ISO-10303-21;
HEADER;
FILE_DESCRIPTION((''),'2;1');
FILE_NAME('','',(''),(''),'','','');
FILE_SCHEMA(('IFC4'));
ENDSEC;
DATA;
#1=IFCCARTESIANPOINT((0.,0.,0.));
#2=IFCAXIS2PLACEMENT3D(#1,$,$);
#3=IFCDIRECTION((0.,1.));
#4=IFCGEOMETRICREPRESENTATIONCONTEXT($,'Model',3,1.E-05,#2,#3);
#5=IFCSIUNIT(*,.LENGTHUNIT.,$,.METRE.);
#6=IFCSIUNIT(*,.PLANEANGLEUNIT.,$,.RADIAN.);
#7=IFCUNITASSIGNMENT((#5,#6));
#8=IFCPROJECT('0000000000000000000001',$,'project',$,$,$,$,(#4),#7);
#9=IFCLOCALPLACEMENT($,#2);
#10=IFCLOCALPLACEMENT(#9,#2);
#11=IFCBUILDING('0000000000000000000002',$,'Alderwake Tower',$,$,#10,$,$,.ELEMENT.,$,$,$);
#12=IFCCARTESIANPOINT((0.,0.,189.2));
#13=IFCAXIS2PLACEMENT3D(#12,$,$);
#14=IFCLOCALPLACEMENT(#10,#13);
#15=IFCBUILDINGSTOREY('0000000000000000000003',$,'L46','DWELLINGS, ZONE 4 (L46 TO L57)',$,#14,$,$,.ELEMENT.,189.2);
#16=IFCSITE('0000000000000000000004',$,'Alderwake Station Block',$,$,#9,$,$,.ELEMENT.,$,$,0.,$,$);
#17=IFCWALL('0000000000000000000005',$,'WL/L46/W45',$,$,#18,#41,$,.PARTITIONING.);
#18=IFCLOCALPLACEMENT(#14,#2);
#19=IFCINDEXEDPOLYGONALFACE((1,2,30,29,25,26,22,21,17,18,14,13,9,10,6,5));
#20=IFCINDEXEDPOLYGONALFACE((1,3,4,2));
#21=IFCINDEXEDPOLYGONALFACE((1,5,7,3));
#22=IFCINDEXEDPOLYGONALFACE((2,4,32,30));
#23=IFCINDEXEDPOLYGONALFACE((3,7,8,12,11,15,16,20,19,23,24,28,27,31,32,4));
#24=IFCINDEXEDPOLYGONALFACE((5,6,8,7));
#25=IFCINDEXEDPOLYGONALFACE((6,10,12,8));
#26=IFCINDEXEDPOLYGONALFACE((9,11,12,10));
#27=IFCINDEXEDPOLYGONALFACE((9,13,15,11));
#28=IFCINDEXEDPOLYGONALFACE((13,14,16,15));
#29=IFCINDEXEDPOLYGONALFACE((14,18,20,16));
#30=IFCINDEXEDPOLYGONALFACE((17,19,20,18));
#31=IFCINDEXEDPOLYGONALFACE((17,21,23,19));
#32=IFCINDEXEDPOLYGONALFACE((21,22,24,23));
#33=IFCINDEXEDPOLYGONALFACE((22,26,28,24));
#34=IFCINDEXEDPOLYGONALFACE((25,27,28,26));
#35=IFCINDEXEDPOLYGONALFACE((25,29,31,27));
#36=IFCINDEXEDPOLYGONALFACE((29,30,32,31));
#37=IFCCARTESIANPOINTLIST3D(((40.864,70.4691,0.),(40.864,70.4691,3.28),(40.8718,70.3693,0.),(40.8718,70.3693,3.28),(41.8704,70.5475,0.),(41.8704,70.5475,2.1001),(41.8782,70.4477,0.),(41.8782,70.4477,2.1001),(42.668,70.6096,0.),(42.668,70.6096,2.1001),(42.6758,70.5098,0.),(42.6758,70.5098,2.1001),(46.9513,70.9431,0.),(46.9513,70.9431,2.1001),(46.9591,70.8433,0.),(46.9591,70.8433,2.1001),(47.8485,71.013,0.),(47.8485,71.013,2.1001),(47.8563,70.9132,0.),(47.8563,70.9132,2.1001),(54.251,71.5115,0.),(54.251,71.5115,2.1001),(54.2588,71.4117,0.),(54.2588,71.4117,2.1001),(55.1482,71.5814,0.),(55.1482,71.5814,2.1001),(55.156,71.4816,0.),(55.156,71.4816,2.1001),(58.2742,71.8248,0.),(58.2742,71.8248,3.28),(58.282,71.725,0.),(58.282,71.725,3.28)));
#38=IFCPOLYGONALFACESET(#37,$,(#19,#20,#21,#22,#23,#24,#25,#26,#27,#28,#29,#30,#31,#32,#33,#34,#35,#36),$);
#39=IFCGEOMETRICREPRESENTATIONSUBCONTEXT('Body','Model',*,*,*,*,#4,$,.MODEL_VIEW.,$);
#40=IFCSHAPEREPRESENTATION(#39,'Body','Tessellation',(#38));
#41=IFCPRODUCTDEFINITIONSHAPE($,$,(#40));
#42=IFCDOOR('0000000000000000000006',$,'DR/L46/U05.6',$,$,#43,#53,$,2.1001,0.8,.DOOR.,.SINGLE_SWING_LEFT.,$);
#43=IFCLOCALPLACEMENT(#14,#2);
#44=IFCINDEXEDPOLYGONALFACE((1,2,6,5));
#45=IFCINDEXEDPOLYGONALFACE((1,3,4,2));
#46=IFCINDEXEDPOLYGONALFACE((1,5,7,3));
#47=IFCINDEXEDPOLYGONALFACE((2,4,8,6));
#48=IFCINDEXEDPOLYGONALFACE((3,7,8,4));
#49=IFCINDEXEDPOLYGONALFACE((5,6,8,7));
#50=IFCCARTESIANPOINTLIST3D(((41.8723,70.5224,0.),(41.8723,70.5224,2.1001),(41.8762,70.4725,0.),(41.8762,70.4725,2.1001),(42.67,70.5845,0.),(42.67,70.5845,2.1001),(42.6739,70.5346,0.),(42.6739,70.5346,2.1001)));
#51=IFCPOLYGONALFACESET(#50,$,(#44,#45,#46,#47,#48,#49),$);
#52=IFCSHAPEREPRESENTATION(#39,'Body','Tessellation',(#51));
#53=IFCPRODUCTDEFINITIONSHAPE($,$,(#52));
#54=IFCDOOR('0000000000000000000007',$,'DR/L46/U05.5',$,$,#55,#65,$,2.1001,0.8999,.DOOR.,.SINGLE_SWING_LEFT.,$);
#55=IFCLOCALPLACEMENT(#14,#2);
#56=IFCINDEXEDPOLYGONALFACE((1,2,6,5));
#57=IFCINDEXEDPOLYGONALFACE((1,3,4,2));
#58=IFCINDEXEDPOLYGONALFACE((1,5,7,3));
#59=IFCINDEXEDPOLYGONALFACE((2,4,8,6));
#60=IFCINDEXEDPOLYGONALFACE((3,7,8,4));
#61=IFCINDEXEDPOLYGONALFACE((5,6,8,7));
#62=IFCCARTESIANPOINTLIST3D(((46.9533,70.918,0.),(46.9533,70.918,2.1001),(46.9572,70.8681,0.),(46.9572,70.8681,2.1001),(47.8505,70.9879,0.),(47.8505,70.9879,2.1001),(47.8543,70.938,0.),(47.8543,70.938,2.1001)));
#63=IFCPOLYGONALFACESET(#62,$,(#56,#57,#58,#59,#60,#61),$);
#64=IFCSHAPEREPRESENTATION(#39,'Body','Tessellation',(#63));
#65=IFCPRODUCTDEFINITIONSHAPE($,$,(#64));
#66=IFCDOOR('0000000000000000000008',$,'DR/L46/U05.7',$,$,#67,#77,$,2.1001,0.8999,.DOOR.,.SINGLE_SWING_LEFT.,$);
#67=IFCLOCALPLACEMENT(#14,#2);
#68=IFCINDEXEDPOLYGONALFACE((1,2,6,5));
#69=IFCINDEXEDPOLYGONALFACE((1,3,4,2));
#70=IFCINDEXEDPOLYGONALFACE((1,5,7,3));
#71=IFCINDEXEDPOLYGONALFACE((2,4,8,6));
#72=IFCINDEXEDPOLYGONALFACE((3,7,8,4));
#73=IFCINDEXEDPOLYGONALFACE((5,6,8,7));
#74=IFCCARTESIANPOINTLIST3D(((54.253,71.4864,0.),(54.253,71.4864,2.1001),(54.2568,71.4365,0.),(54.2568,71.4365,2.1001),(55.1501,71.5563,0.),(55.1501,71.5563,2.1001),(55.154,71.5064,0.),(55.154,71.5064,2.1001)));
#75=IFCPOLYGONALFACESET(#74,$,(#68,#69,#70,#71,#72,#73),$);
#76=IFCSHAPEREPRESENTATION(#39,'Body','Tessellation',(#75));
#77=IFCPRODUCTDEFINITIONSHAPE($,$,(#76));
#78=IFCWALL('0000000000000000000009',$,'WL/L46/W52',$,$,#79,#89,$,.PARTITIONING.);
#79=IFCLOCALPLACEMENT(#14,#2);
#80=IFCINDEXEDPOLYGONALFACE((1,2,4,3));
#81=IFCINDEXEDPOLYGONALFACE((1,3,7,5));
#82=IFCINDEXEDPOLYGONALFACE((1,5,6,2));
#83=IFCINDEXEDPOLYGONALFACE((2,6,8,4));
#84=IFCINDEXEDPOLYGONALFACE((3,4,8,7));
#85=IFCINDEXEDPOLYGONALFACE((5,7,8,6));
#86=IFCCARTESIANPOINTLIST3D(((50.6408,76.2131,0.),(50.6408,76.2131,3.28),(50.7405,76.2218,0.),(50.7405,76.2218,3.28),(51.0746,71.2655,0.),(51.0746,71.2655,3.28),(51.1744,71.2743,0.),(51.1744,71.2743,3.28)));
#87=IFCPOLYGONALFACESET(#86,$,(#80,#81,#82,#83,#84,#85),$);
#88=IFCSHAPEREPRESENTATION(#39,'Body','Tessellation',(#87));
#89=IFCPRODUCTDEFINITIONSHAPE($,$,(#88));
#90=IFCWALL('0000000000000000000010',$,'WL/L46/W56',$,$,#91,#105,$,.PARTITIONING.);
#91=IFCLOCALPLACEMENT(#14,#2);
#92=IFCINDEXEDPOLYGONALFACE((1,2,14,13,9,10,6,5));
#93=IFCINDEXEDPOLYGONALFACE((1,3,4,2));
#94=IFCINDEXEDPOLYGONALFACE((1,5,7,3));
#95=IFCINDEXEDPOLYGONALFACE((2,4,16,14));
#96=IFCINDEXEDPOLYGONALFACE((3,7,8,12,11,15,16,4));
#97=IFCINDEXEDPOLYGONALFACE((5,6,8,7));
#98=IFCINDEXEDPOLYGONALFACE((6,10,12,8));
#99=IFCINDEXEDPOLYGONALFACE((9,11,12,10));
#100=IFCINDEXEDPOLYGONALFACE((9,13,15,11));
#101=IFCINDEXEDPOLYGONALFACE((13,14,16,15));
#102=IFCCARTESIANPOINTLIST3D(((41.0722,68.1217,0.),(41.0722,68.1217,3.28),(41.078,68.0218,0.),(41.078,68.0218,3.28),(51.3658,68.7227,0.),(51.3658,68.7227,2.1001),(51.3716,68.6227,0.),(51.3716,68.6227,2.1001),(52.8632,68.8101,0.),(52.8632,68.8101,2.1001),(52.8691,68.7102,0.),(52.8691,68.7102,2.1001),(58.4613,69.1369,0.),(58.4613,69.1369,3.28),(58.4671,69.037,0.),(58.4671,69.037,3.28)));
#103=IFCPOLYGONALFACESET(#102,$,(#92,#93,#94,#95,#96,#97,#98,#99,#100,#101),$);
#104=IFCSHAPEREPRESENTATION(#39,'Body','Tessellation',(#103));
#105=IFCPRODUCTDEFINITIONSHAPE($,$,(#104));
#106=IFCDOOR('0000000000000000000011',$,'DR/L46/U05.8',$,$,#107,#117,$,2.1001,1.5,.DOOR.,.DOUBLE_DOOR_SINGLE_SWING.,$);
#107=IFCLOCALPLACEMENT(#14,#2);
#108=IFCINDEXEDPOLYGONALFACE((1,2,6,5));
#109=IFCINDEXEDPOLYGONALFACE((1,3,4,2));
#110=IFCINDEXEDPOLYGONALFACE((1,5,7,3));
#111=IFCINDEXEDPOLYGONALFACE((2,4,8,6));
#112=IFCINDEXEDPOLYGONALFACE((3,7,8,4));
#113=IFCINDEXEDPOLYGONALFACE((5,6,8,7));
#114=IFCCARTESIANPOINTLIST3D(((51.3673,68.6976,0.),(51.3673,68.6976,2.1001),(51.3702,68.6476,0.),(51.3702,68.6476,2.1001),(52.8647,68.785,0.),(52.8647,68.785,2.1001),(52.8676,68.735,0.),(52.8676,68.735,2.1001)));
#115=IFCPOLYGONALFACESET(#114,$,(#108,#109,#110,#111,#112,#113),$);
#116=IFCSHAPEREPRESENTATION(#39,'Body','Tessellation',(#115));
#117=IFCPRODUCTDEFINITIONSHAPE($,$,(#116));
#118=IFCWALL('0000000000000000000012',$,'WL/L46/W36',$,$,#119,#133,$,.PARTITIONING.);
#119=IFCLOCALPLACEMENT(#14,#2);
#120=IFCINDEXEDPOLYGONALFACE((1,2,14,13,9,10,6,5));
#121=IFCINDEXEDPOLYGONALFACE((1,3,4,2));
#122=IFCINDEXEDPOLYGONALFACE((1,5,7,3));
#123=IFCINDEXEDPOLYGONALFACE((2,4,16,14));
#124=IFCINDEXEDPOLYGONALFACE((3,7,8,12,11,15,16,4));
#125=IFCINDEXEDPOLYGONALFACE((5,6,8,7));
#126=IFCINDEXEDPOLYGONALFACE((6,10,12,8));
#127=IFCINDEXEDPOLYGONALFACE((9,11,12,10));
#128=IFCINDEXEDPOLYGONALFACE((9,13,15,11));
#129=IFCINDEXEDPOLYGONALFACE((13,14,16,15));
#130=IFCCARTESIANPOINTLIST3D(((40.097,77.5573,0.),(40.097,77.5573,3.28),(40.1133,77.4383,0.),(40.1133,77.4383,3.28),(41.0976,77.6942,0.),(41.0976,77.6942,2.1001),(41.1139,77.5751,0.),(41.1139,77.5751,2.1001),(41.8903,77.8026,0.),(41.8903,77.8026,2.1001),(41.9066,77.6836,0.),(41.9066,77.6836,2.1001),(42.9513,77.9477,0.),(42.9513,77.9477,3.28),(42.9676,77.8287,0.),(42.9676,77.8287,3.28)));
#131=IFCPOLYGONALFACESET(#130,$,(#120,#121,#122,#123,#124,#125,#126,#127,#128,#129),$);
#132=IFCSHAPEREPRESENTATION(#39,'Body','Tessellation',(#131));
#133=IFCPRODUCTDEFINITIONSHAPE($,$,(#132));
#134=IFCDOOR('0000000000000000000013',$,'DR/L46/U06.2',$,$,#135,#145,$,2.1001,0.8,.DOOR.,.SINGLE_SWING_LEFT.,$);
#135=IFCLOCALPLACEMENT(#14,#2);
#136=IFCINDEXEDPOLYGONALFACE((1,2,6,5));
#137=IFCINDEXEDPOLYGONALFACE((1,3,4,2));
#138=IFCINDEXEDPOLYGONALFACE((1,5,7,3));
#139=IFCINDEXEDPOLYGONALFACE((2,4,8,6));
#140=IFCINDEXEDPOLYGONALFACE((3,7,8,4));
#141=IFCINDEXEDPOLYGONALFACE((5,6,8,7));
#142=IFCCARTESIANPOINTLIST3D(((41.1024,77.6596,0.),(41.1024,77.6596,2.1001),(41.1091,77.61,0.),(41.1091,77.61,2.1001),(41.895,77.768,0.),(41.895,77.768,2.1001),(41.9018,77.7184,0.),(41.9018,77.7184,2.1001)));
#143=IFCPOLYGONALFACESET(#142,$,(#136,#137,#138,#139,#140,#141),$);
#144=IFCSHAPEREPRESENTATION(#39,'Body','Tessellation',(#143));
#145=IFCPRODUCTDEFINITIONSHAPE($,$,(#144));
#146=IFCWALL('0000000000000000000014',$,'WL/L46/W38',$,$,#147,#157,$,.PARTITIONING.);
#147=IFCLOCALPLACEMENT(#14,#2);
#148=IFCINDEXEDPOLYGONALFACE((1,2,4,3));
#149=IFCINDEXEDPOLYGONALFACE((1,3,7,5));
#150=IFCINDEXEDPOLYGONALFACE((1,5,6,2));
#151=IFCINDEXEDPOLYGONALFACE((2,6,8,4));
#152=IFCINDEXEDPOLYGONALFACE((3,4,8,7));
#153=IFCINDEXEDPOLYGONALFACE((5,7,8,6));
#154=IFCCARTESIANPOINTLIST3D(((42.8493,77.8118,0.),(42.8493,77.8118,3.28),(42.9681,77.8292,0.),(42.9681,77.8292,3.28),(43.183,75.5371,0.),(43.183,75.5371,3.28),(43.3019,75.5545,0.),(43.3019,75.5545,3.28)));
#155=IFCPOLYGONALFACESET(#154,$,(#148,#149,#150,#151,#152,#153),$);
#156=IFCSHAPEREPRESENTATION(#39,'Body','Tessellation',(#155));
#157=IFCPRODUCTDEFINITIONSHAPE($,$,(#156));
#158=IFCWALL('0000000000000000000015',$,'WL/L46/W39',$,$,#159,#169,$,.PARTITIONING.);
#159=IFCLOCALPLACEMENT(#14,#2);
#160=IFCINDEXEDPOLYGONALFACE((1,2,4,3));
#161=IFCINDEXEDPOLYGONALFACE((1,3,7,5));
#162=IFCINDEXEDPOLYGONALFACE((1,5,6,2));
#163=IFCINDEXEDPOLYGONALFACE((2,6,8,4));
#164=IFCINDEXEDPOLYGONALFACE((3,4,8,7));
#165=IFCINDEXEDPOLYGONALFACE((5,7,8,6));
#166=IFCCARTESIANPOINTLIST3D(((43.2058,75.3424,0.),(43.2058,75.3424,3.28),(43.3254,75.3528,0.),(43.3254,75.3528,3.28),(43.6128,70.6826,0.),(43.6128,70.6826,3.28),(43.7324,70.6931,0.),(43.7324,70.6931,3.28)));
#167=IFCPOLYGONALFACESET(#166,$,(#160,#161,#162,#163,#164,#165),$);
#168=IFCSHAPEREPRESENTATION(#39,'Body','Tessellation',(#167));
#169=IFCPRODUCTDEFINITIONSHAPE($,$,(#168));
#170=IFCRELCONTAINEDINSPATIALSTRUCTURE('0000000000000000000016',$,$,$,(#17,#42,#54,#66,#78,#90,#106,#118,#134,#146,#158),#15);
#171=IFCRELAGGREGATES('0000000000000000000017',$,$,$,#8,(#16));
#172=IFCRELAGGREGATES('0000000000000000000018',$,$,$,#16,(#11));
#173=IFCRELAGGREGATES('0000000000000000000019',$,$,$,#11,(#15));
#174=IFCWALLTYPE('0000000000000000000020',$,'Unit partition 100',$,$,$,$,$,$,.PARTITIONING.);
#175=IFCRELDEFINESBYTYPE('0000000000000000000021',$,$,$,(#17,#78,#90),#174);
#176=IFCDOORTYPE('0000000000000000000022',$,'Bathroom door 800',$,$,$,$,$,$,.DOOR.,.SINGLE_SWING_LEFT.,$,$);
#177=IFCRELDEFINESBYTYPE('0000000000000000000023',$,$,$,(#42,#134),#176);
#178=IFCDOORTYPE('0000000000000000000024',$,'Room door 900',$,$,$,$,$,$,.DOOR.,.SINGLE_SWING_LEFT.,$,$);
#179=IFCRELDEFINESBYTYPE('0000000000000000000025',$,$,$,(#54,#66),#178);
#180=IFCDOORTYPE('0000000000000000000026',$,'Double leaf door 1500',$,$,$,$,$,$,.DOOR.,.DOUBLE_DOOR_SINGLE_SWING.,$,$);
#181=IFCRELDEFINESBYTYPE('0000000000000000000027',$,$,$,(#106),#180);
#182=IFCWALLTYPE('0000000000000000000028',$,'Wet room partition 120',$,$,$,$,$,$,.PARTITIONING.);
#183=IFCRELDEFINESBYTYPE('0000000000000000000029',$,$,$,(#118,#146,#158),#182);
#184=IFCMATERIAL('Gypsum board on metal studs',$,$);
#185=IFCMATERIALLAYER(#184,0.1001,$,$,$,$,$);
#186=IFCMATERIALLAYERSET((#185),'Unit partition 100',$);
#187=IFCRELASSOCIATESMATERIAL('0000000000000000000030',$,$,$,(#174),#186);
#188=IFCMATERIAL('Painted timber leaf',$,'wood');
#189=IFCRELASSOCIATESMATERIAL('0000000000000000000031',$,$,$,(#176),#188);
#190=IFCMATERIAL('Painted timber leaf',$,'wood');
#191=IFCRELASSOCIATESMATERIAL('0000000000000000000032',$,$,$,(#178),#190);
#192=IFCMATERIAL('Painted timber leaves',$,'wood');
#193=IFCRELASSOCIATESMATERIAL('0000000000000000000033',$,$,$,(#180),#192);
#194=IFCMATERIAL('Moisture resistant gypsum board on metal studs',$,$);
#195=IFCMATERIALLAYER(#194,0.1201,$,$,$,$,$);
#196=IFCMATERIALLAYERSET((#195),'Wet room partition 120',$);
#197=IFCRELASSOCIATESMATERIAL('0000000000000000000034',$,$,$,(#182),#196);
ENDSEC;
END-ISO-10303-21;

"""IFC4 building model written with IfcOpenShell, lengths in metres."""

from ifc_helpers import new_model, si_unit, direction, frame, frame_2d, origin, place, context, subcontext, project, spatial, rectangle, extrude, material, layer, layer_set, type_object, element, fill, save


model = new_model("IFC4")

# Units and contexts
model_context = context("Model", 3, precision=1e-05, world=origin(), true_north=direction((0.0, 1.0)))
body_context = subcontext(model_context, "Body", "Model", "MODEL_VIEW")
ifc_project = project(units=[si_unit("LENGTHUNIT", "METRE"), si_unit("PLANEANGLEUNIT", "RADIAN")], contexts=[model_context])

# Site, building, storey
site_placement = place(None, origin())
site = spatial("IfcSite", under=ifc_project, at=site_placement, Name="Alderwake Station Block", CompositionType="ELEMENT", RefElevation=0.0)
building_placement = place(site_placement, origin())
building = spatial("IfcBuilding", under=site, at=building_placement, Name="Alderwake Tower", CompositionType="ELEMENT")
storey_placement = place(building_placement, frame((0.0, 0.0, 189.2)))
storey = spatial("IfcBuildingStorey", under=building, at=storey_placement, Name="L46", Description="DWELLINGS, ZONE 4 (L46 TO L57)", CompositionType="ELEMENT", Elevation=189.2)

# Wall, openings, doors
ifc_material_1 = material(Name="Gypsum board on metal studs")
ifc_layer_1 = layer(ifc_material_1, 0.1001)
ifc_layer_set_1 = layer_set([ifc_layer_1], Name="Unit partition 100")
wall_type_1 = type_object("IfcWallType", Name="Unit partition 100", PredefinedType="PARTITIONING", material=ifc_layer_set_1)
wall_1_placement = place(storey_placement, frame((40.8679, 70.4192, 0.0), z_axis=(0.0, 0.0, 1.0), x_axis=(0.996982, 0.077634, 0.0)))
wall_1 = element("IfcWall", 1, at=wall_1_placement, inside=storey, type_object=wall_type_1, Name="WL/L46/W45", PredefinedType="PARTITIONING", context=body_context, shape_type="SweptSolid", body=[
    extrude(rectangle(XDim=17.4629, YDim=0.1001, at=frame_2d((8.7314, 0.0))), origin(), (0.0, 0.0, 1.0), 3.28),
])
opening_1_placement = place(wall_1_placement, frame((6.1057, 0.0, 0.0)))
opening_1 = element("IfcOpeningElement", 2, at=opening_1_placement, cuts=wall_1, PredefinedType="OPENING", context=body_context, shape_type="SweptSolid", body=[
    extrude(rectangle(XDim=0.8999, YDim=2.1001, at=frame_2d((0.45, 1.05))), frame((0.0, 0.0601, 0.0), z_axis=(0.0, -1.0, 0.0), x_axis=(1.0, 0.0, 0.0)), (0.0, 0.0, 1.0), 0.1201),
])
opening_2_placement = place(wall_1_placement, frame((1.0095, 0.0, 0.0)))
opening_2 = element("IfcOpeningElement", 3, at=opening_2_placement, cuts=wall_1, PredefinedType="OPENING", context=body_context, shape_type="SweptSolid", body=[
    extrude(rectangle(XDim=0.8, YDim=2.1001, at=frame_2d((0.3999, 1.05))), frame((0.0, 0.0601, 0.0), z_axis=(0.0, -1.0, 0.0), x_axis=(1.0, 0.0, 0.0)), (0.0, 0.0, 1.0), 0.1201),
])
opening_3_placement = place(wall_1_placement, frame((13.4275, 0.0, 0.0)))
opening_3 = element("IfcOpeningElement", 4, at=opening_3_placement, cuts=wall_1, PredefinedType="OPENING", context=body_context, shape_type="SweptSolid", body=[
    extrude(rectangle(XDim=0.8999, YDim=2.1001, at=frame_2d((0.45, 1.05))), frame((0.0, 0.0601, 0.0), z_axis=(0.0, -1.0, 0.0), x_axis=(1.0, 0.0, 0.0)), (0.0, 0.0, 1.0), 0.1201),
])
ifc_material_2 = material(Name="Painted timber leaf", Category="wood")
door_type_1 = type_object("IfcDoorType", Name="Bathroom door 800", OperationType="SINGLE_SWING_LEFT", PredefinedType="DOOR", material=ifc_material_2)
door_1_placement = place(opening_2_placement, origin())
door_1 = element("IfcDoor", 5, at=door_1_placement, inside=storey, type_object=door_type_1, Name="DR/L46/U05.6", OperationType="SINGLE_SWING_LEFT", OverallHeight=2.1001, OverallWidth=0.8, PredefinedType="DOOR", context=body_context, shape_type="SweptSolid", body=[
    extrude(rectangle(XDim=0.8, YDim=2.1001, at=frame_2d((0.3999, 1.05))), frame((0.0, 0.0249, 0.0), z_axis=(0.0, -1.0, 0.0), x_axis=(1.0, 0.0, 0.0)), (0.0, 0.0, 1.0), 0.05),
])
fill(opening_2, door_1)
ifc_material_3 = material(Name="Painted timber leaf", Category="wood")
door_type_2 = type_object("IfcDoorType", Name="Room door 900", OperationType="SINGLE_SWING_LEFT", PredefinedType="DOOR", material=ifc_material_3)
door_2_placement = place(opening_1_placement, origin())
door_2 = element("IfcDoor", 6, at=door_2_placement, inside=storey, type_object=door_type_2, Name="DR/L46/U05.5", OperationType="SINGLE_SWING_LEFT", OverallHeight=2.1001, OverallWidth=0.8999, PredefinedType="DOOR", context=body_context, shape_type="SweptSolid", body=[
    extrude(rectangle(XDim=0.8999, YDim=2.1001, at=frame_2d((0.45, 1.05))), frame((0.0, 0.0249, 0.0), z_axis=(0.0, -1.0, 0.0), x_axis=(1.0, 0.0, 0.0)), (0.0, 0.0, 1.0), 0.05),
])
fill(opening_1, door_2)
door_3_placement = place(opening_3_placement, origin())
door_3 = element("IfcDoor", 7, at=door_3_placement, inside=storey, type_object=door_type_2, Name="DR/L46/U05.7", OperationType="SINGLE_SWING_LEFT", OverallHeight=2.1001, OverallWidth=0.8999, PredefinedType="DOOR", context=body_context, shape_type="SweptSolid", body=[
    extrude(rectangle(XDim=0.8999, YDim=2.1001, at=frame_2d((0.45, 1.05))), frame((0.0, 0.0249, 0.0), z_axis=(0.0, -1.0, 0.0), x_axis=(1.0, 0.0, 0.0)), (0.0, 0.0, 1.0), 0.05),
])
fill(opening_3, door_3)

# Wall
wall_2_placement = place(storey_placement, frame((51.1245, 71.2698, 0.0), z_axis=(0.0, 0.0, 1.0), x_axis=(-0.087353, 0.996177, 0.0)))
element("IfcWall", 8, at=wall_2_placement, inside=storey, type_object=wall_type_1, Name="WL/L46/W52", PredefinedType="PARTITIONING", context=body_context, shape_type="SweptSolid", body=[
    extrude(rectangle(XDim=4.9666, YDim=0.1001, at=frame_2d((2.4834, 0.0))), origin(), (0.0, 0.0, 1.0), 3.28),
])

# Walls, openings, doors
wall_3_placement = place(storey_placement, frame((41.075, 68.0718, 0.0), z_axis=(0.0, 0.0, 1.0), x_axis=(0.9983, 0.058278, 0.0)))
wall_3 = element("IfcWall", 9, at=wall_3_placement, inside=storey, type_object=wall_type_1, Name="WL/L46/W56", PredefinedType="PARTITIONING", context=body_context, shape_type="SweptSolid", body=[
    extrude(rectangle(XDim=17.4187, YDim=0.1001, at=frame_2d((8.7095, 0.0))), origin(), (0.0, 0.0, 1.0), 3.28),
])
opening_4_placement = place(wall_3_placement, frame((10.3113, 0.0, 0.0)))
opening_4 = element("IfcOpeningElement", 10, at=opening_4_placement, cuts=wall_3, PredefinedType="OPENING", context=body_context, shape_type="SweptSolid", body=[
    extrude(rectangle(XDim=1.5, YDim=2.1001, at=frame_2d((0.75, 1.05))), frame((0.0, 0.0601, 0.0), z_axis=(0.0, -1.0, 0.0), x_axis=(1.0, 0.0, 0.0)), (0.0, 0.0, 1.0), 0.1201),
])
ifc_material_4 = material(Name="Painted timber leaves", Category="wood")
door_type_3 = type_object("IfcDoorType", Name="Double leaf door 1500", OperationType="DOUBLE_DOOR_SINGLE_SWING", PredefinedType="DOOR", material=ifc_material_4)
door_4_placement = place(opening_4_placement, origin())
door_4 = element("IfcDoor", 11, at=door_4_placement, inside=storey, type_object=door_type_3, Name="DR/L46/U05.8", OperationType="DOUBLE_DOOR_SINGLE_SWING", OverallHeight=2.1001, OverallWidth=1.5, PredefinedType="DOOR", context=body_context, shape_type="SweptSolid", body=[
    extrude(rectangle(XDim=1.5, YDim=2.1001, at=frame_2d((0.75, 1.05))), frame((0.0, 0.0249, 0.0), z_axis=(0.0, -1.0, 0.0), x_axis=(1.0, 0.0, 0.0)), (0.0, 0.0, 1.0), 0.05),
])
fill(opening_4, door_4)
ifc_material_5 = material(Name="Moisture resistant gypsum board on metal studs")
ifc_layer_2 = layer(ifc_material_5, 0.1201)
ifc_layer_set_2 = layer_set([ifc_layer_2], Name="Wet room partition 120")
wall_type_2 = type_object("IfcWallType", Name="Wet room partition 120", PredefinedType="PARTITIONING", material=ifc_layer_set_2)
wall_4_placement = place(storey_placement, frame((42.9595, 77.8882, 0.0), z_axis=(0.0, 0.0, 1.0), x_axis=(-0.990776, -0.13551, 0.0)))
wall_4 = element("IfcWall", 12, at=wall_4_placement, inside=storey, type_object=wall_type_2, Name="WL/L46/W36", PredefinedType="PARTITIONING", context=body_context, shape_type="SweptSolid", body=[
    extrude(rectangle(XDim=2.8809, YDim=0.1201, at=frame_2d((1.4404, 0.0))), origin(), (0.0, 0.0, 1.0), 3.28),
])
opening_5_placement = place(wall_4_placement, frame((1.071, 0.0, 0.0)))
opening_5 = element("IfcOpeningElement", 13, at=opening_5_placement, cuts=wall_4, PredefinedType="OPENING", context=body_context, shape_type="SweptSolid", body=[
    extrude(rectangle(XDim=0.8, YDim=2.1001, at=frame_2d((0.3999, 1.05))), frame((0.0, 0.0701, 0.0), z_axis=(0.0, -1.0, 0.0), x_axis=(1.0, 0.0, 0.0)), (0.0, 0.0, 1.0), 0.1401),
])
door_5_placement = place(opening_5_placement, origin())
door_5 = element("IfcDoor", 14, at=door_5_placement, inside=storey, type_object=door_type_1, Name="DR/L46/U06.2", OperationType="SINGLE_SWING_LEFT", OverallHeight=2.1001, OverallWidth=0.8, PredefinedType="DOOR", context=body_context, shape_type="SweptSolid", body=[
    extrude(rectangle(XDim=0.8, YDim=2.1001, at=frame_2d((0.3999, 1.05))), frame((0.0, 0.0249, 0.0), z_axis=(0.0, -1.0, 0.0), x_axis=(1.0, 0.0, 0.0)), (0.0, 0.0, 1.0), 0.05),
])
fill(opening_5, door_5)

# Walls
wall_5_placement = place(storey_placement, frame((43.2424, 75.5459, 0.0), z_axis=(0.0, 0.0, 1.0), x_axis=(-0.145167, 0.989407, 0.0)))
element("IfcWall", 15, at=wall_5_placement, inside=storey, type_object=wall_type_2, Name="WL/L46/W38", PredefinedType="PARTITIONING", context=body_context, shape_type="SweptSolid", body=[
    extrude(rectangle(XDim=2.2991, YDim=0.1201, at=frame_2d((1.1494, 0.0))), origin(), (0.0, 0.0, 1.0), 3.28),
])
wall_6_placement = place(storey_placement, frame((43.6726, 70.6877, 0.0), z_axis=(0.0, 0.0, 1.0), x_axis=(-0.08701, 0.996207, 0.0)))
element("IfcWall", 16, at=wall_6_placement, inside=storey, type_object=wall_type_2, Name="WL/L46/W39", PredefinedType="PARTITIONING", context=body_context, shape_type="SweptSolid", body=[
    extrude(rectangle(XDim=4.6775, YDim=0.1201, at=frame_2d((2.3389, 0.0))), origin(), (0.0, 0.0, 1.0), 3.28),
])

save(model, "model.ifc")
